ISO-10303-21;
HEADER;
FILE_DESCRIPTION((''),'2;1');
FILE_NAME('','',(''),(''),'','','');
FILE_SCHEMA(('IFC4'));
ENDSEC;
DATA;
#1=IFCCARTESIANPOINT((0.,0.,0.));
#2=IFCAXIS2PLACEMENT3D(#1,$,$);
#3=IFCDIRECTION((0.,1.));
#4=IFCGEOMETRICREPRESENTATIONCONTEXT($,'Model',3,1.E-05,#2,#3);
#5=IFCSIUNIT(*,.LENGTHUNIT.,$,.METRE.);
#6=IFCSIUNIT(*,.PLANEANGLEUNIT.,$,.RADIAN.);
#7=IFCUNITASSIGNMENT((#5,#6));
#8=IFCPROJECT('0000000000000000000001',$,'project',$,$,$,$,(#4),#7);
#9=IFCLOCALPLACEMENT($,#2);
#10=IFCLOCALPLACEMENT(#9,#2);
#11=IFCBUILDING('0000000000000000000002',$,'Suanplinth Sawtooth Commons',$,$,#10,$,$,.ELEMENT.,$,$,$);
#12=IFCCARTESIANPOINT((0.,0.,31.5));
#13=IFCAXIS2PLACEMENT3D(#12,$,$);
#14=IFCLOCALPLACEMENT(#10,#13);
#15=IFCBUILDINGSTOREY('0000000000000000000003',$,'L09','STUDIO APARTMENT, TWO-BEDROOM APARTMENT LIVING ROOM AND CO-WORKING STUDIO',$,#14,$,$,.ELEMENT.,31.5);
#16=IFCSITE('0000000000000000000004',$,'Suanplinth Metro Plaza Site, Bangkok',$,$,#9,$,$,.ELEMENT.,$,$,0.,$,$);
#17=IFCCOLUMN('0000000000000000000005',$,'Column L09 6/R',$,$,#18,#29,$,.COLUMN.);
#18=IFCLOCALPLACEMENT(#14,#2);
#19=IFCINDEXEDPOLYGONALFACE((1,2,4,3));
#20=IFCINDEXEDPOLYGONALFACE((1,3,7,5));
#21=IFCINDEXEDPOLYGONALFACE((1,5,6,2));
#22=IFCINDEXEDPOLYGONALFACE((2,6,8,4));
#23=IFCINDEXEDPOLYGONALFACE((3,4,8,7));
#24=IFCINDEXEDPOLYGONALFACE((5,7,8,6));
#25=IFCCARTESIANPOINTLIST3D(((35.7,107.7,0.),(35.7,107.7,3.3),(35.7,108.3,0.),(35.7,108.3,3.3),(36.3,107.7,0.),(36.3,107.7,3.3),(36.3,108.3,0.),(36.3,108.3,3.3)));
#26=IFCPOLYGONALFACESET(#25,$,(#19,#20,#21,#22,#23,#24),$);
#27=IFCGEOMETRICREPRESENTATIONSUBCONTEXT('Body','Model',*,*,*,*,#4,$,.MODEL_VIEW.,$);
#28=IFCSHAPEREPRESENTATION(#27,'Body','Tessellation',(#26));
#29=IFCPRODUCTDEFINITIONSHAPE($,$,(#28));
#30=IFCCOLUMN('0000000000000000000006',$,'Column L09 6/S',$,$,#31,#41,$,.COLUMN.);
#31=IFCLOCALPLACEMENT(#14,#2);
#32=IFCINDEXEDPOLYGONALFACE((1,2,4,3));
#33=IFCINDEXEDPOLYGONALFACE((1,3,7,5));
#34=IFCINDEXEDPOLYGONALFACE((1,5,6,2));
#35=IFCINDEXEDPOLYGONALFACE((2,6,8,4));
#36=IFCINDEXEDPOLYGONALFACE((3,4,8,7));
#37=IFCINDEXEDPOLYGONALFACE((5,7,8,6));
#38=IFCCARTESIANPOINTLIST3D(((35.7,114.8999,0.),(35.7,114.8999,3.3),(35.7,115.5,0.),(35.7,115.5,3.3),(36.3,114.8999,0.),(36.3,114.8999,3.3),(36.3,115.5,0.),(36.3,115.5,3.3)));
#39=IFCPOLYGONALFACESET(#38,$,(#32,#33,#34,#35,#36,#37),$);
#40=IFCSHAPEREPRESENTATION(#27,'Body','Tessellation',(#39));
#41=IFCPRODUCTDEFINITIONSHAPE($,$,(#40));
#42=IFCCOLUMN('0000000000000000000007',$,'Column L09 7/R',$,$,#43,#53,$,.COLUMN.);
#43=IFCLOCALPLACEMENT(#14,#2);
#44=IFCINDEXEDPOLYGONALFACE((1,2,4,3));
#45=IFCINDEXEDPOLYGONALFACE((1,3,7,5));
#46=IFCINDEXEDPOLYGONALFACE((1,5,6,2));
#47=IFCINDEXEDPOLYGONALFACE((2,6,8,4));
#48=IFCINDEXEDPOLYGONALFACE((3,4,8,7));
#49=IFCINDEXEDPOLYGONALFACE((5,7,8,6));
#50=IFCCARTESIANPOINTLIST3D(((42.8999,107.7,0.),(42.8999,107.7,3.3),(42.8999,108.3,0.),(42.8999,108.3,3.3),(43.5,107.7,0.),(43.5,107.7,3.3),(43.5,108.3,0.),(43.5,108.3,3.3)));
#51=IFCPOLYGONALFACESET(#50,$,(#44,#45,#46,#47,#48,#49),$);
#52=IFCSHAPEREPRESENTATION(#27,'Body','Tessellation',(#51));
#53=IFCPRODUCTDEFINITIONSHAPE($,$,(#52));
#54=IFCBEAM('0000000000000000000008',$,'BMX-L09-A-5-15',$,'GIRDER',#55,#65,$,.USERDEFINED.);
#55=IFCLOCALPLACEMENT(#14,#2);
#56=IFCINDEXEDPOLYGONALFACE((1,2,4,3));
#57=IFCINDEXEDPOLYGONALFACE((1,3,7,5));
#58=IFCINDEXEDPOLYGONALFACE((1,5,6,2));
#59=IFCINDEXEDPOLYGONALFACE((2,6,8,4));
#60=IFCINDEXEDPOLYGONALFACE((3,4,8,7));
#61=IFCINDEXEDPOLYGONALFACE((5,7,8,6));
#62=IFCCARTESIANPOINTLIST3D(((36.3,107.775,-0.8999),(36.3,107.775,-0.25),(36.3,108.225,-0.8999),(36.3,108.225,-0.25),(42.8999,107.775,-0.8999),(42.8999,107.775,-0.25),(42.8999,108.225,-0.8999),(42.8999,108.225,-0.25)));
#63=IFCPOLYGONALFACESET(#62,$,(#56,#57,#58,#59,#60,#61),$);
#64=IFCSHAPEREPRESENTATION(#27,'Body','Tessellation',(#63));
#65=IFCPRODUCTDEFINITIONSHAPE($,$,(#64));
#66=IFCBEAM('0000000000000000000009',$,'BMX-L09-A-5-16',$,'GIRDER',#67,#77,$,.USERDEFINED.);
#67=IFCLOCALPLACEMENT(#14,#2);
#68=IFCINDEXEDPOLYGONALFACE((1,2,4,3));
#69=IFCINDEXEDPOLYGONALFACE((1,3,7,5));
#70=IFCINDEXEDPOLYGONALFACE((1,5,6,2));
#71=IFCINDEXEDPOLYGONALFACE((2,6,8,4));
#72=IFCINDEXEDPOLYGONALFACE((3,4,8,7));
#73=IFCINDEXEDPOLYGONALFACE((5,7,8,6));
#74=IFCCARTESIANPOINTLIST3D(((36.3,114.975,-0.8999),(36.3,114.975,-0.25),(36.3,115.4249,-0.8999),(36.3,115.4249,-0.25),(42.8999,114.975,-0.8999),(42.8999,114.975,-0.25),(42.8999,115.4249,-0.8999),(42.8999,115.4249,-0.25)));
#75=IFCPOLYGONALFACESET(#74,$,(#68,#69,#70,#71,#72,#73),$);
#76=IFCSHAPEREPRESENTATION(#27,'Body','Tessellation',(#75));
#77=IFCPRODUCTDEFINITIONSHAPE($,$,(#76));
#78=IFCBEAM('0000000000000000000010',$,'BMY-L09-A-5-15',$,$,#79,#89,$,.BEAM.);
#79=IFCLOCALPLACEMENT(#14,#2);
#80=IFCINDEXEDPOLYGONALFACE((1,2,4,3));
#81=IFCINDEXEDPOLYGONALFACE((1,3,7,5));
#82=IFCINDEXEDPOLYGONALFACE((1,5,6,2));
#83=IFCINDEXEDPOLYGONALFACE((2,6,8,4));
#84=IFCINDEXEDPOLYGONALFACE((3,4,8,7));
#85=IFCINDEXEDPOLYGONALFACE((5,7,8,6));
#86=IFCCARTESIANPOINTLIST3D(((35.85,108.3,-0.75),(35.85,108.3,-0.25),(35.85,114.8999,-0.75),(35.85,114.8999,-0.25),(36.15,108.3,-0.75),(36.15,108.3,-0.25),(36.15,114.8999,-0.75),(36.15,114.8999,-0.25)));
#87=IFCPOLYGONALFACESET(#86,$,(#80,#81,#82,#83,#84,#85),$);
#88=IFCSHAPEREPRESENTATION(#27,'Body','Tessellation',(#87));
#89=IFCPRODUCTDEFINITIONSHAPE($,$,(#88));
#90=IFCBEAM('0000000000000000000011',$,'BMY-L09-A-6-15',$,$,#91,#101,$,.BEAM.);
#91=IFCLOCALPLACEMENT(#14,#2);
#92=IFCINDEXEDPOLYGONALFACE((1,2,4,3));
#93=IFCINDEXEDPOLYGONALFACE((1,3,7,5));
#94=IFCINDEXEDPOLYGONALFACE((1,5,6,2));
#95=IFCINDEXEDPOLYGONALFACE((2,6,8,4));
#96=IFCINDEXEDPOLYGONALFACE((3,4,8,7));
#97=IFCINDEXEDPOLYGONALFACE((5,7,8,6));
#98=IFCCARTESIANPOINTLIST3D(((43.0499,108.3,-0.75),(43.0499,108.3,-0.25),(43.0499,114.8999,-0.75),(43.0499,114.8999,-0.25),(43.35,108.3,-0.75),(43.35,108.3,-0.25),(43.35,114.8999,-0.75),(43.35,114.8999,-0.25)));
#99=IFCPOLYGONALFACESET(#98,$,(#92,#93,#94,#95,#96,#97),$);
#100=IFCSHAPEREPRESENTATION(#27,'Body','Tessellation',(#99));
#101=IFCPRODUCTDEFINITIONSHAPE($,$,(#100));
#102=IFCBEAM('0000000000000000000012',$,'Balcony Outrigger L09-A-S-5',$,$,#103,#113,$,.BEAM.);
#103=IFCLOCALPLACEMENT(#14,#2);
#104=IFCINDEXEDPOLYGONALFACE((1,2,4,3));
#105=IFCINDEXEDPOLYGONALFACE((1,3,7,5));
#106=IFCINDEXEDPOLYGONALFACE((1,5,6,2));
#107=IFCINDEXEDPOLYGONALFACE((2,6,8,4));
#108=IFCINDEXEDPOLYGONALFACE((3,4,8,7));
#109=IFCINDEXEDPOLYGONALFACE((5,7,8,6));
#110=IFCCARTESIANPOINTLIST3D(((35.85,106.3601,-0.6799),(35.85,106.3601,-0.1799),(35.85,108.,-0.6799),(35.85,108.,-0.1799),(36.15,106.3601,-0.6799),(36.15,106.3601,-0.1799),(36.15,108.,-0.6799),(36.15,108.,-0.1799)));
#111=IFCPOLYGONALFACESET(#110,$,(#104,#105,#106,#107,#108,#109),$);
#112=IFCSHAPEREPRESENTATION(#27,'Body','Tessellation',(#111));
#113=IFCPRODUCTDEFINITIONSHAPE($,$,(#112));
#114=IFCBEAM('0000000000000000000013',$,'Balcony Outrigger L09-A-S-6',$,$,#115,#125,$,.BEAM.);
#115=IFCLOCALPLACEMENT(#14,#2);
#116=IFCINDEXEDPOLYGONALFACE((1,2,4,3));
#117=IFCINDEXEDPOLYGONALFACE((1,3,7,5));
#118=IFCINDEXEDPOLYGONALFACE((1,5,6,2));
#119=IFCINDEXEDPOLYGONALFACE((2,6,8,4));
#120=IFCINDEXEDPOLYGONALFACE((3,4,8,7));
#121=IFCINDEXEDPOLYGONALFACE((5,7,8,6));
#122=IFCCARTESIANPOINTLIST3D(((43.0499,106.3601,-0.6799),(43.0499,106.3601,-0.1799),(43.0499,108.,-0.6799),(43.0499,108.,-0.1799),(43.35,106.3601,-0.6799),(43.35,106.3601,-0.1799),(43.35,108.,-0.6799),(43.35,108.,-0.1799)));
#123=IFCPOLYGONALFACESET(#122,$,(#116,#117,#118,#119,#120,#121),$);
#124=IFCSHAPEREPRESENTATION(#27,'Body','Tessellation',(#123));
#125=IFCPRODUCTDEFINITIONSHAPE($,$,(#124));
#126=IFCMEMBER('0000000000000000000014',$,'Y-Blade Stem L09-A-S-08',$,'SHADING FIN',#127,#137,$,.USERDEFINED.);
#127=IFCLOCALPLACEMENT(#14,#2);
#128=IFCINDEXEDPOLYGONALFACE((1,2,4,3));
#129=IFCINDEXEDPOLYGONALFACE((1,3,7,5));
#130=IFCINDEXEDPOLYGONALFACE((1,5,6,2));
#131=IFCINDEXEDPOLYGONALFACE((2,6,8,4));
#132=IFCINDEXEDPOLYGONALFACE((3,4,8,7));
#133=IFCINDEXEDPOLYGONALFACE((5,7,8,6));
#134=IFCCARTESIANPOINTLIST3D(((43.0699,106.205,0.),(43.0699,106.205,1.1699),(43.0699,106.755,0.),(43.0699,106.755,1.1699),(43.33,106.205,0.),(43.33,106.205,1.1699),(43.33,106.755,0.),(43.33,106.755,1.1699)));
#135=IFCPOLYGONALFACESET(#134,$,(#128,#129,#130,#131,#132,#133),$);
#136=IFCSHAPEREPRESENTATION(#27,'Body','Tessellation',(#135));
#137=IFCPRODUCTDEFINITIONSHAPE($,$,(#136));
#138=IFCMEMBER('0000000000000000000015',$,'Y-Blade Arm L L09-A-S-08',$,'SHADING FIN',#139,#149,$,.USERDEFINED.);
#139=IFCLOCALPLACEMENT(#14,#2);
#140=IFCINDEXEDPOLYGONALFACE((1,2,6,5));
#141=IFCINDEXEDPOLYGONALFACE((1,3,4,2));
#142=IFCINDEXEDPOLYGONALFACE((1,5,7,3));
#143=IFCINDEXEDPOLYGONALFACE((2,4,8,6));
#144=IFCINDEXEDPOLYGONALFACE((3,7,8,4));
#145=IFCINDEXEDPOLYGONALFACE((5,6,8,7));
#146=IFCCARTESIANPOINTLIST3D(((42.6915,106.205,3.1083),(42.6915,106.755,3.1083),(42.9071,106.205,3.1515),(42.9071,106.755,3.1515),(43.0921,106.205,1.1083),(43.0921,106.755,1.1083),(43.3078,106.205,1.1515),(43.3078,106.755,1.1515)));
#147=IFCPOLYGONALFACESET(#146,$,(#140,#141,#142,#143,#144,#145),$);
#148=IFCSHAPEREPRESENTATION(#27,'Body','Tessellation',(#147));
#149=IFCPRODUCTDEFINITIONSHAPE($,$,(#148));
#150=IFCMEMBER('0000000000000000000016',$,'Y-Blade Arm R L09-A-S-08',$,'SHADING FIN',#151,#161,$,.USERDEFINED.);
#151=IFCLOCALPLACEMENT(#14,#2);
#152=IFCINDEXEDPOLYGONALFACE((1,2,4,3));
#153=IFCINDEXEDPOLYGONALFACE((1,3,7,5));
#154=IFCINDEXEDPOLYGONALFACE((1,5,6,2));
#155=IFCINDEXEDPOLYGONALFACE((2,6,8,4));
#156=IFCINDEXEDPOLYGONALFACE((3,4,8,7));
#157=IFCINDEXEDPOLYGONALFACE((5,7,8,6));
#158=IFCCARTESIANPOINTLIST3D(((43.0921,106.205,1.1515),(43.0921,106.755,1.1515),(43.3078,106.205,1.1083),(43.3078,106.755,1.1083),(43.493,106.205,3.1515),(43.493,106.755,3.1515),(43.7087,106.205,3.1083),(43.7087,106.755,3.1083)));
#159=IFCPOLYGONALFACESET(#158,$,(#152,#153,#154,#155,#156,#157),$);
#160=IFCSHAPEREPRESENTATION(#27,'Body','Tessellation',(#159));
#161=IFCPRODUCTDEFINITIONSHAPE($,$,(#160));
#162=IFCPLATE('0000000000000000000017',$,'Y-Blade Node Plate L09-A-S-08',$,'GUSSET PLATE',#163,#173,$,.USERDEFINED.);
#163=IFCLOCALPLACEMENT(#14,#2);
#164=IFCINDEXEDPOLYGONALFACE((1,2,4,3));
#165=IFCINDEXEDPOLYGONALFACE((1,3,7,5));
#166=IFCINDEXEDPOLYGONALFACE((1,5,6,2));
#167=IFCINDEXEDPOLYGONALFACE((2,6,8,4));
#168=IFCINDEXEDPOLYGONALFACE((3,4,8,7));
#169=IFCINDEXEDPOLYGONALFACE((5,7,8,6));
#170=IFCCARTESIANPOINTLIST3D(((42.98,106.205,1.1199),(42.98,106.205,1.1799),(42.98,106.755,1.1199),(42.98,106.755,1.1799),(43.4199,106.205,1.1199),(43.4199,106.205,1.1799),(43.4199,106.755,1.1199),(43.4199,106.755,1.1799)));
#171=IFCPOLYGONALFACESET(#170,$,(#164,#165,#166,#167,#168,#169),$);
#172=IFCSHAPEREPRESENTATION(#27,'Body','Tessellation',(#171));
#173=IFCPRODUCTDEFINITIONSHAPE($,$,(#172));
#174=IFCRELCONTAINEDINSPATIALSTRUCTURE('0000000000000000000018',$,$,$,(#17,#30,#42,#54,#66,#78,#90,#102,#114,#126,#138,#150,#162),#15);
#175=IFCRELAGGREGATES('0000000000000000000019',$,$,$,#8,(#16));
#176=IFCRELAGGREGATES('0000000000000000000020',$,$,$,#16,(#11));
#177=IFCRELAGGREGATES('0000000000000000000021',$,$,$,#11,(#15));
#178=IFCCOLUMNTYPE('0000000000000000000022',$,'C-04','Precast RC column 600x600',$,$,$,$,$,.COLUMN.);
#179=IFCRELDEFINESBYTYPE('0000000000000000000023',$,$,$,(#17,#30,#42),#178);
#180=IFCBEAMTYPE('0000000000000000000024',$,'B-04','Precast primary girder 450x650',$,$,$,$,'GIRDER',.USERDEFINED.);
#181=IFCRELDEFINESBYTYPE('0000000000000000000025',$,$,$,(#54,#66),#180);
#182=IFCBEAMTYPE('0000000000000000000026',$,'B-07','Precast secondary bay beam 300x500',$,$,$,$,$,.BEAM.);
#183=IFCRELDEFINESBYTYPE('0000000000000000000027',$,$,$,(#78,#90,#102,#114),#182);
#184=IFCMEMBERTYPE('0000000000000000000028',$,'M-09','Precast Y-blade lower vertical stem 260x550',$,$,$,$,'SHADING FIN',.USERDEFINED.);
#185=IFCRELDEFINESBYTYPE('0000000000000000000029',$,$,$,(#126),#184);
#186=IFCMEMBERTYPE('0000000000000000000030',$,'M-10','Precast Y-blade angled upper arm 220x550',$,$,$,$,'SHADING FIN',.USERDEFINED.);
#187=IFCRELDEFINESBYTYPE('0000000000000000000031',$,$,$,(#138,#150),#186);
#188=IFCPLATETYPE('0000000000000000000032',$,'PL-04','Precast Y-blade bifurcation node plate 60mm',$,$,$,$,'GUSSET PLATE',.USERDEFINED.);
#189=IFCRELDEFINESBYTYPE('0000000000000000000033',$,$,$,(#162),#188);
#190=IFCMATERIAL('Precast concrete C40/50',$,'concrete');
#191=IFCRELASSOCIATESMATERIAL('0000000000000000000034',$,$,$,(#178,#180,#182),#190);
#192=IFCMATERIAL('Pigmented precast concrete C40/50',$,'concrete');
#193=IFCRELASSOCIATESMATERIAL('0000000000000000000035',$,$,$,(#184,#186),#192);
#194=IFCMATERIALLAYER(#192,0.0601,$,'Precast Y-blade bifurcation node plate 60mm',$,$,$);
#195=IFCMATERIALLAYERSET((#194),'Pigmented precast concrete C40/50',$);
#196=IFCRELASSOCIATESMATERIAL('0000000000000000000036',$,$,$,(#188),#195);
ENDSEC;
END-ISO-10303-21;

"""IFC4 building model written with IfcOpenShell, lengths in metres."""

from ifc_helpers import new_model, si_unit, direction, frame, origin, origin_2d, place, context, subcontext, project, spatial, rectangle, extrude, material, layer, layer_set, material_profile, profile_set, type_object, element, save


model = new_model("IFC4")

# Units and contexts
model_context = context("Model", 3, precision=1e-05, world=origin(), true_north=direction((0.0, 1.0)))
body_context = subcontext(model_context, "Body", "Model", "MODEL_VIEW")
ifc_project = project(units=[si_unit("LENGTHUNIT", "METRE"), si_unit("PLANEANGLEUNIT", "RADIAN")], contexts=[model_context])

# Site, building, storey
site_placement = place(None, origin())
site = spatial("IfcSite", under=ifc_project, at=site_placement, Name="Suanplinth Metro Plaza Site, Bangkok", CompositionType="ELEMENT", RefElevation=0.0)
building_placement = place(site_placement, origin())
building = spatial("IfcBuilding", under=site, at=building_placement, Name="Suanplinth Sawtooth Commons", CompositionType="ELEMENT")
storey_placement = place(building_placement, frame((0.0, 0.0, 31.5)))
storey = spatial("IfcBuildingStorey", under=building, at=storey_placement, Name="L09", Description="STUDIO APARTMENT, TWO-BEDROOM APARTMENT LIVING ROOM AND CO-WORKING STUDIO", CompositionType="ELEMENT", Elevation=31.5)

# Columns
ifc_material_1 = material(Name="Precast concrete C40/50", Category="concrete")
ifc_material_profile_1 = material_profile(ifc_material_1, rectangle(XDim=0.6001, YDim=0.6001, at=origin_2d()), Name="PC-COL 600x600")
ifc_profile_set_1 = profile_set([ifc_material_profile_1], Name="Precast concrete C40/50")
column_type = type_object("IfcColumnType", Name="C-04", Description="Precast RC column 600x600", PredefinedType="COLUMN", material=ifc_profile_set_1)
for number, where, z_axis, x_axis, name in (
    (1, (36.0, 108.0, 0.0), (0.0, 0.0, 1.0), (1.0, 0.0, 0.0), "Column L09 6/R"),
    (2, (36.0, 115.2, 0.0), (0.0, 0.0, 1.0), (1.0, 0.0, 0.0), "Column L09 6/S"),
    (3, (43.2, 108.0, 0.0), (0.0, 0.0, 1.0), (1.0, 0.0, 0.0), "Column L09 7/R"),
):
    element("IfcColumn", number, at=place(storey_placement, frame(where, z_axis=z_axis, x_axis=x_axis)), inside=storey, type_object=column_type, Name=name, PredefinedType="COLUMN", context=body_context, shape_type="SweptSolid", body=[
        extrude(rectangle(XDim=0.6001, YDim=0.6001, at=origin_2d()), origin(), (0.0, 0.0, 1.0), 3.3),
    ])

# Beams
ifc_material_profile_2 = material_profile(ifc_material_1, rectangle(XDim=0.45, YDim=0.6499, at=origin_2d()), Name="PC-GDR 450x650")
ifc_profile_set_2 = profile_set([ifc_material_profile_2], Name="Precast concrete C40/50")
beam_type_1 = type_object("IfcBeamType", Name="B-04", Description="Precast primary girder 450x650", ElementType="GIRDER", PredefinedType="USERDEFINED", material=ifc_profile_set_2)
for number, where, z_axis, x_axis, name in (
    (4, (36.3, 108.0, -0.575), (1.0, 0.0, 0.0), (0.0, 1.0, 0.0), "BMX-L09-A-5-15"),
    (5, (36.3, 115.2, -0.575), (1.0, 0.0, 0.0), (0.0, 1.0, 0.0), "BMX-L09-A-5-16"),
):
    element("IfcBeam", number, at=place(storey_placement, frame(where, z_axis=z_axis, x_axis=x_axis)), inside=storey, type_object=beam_type_1, Name=name, ObjectType="GIRDER", PredefinedType="USERDEFINED", context=body_context, shape_type="SweptSolid", body=[
        extrude(rectangle(XDim=0.45, YDim=0.6499, at=origin_2d()), origin(), (0.0, 0.0, 1.0), 6.5999),
    ])
ifc_material_profile_3 = material_profile(ifc_material_1, rectangle(XDim=0.3, YDim=0.5, at=origin_2d()), Name="PC-BM 300x500")
ifc_profile_set_3 = profile_set([ifc_material_profile_3], Name="Precast concrete C40/50")
beam_type_2 = type_object("IfcBeamType", Name="B-07", Description="Precast secondary bay beam 300x500", PredefinedType="BEAM", material=ifc_profile_set_3)
for number, where, z_axis, x_axis, name in (
    (6, (36.0, 108.3, -0.5), (0.0, 1.0, 0.0), (-1.0, 0.0, 0.0), "BMY-L09-A-5-15"),
    (7, (43.2, 108.3, -0.5), (0.0, 1.0, 0.0), (-1.0, 0.0, 0.0), "BMY-L09-A-6-15"),
):
    element("IfcBeam", number, at=place(storey_placement, frame(where, z_axis=z_axis, x_axis=x_axis)), inside=storey, type_object=beam_type_2, Name=name, PredefinedType="BEAM", context=body_context, shape_type="SweptSolid", body=[
        extrude(rectangle(XDim=0.3, YDim=0.5, at=origin_2d()), origin(), (0.0, 0.0, 1.0), 6.5999),
    ])
for number, where, z_axis, x_axis, name in (
    (8, (36.0, 108.0, -0.4299), (0.0, -1.0, 0.0), (1.0, 0.0, 0.0), "Balcony Outrigger L09-A-S-5"),
    (9, (43.2, 108.0, -0.4299), (0.0, -1.0, 0.0), (1.0, 0.0, 0.0), "Balcony Outrigger L09-A-S-6"),
):
    element("IfcBeam", number, at=place(storey_placement, frame(where, z_axis=z_axis, x_axis=x_axis)), inside=storey, type_object=beam_type_2, Name=name, PredefinedType="BEAM", context=body_context, shape_type="SweptSolid", body=[
        extrude(rectangle(XDim=0.3, YDim=0.5, at=origin_2d()), origin(), (0.0, 0.0, 1.0), 1.6399),
    ])

# Members
ifc_material_2 = material(Name="Pigmented precast concrete C40/50", Category="concrete")
ifc_material_profile_4 = material_profile(ifc_material_2, rectangle(XDim=0.26, YDim=0.55, at=origin_2d()), Name="PC-FIN 260x550")
ifc_profile_set_4 = profile_set([ifc_material_profile_4], Name="Pigmented precast concrete C40/50")
member_type_1 = type_object("IfcMemberType", Name="M-09", Description="Precast Y-blade lower vertical stem 260x550", ElementType="SHADING FIN", PredefinedType="USERDEFINED", material=ifc_profile_set_4)
member_placement = place(storey_placement, frame((43.2, 106.48, 0.0), z_axis=(0.0, 0.0, 1.0), x_axis=(1.0, 0.0, 0.0)))
element("IfcMember", 10, at=member_placement, inside=storey, type_object=member_type_1, Name="Y-Blade Stem L09-A-S-08", ObjectType="SHADING FIN", PredefinedType="USERDEFINED", context=body_context, shape_type="SweptSolid", body=[
    extrude(rectangle(XDim=0.26, YDim=0.55, at=origin_2d()), origin(), (0.0, 0.0, 1.0), 1.1699),
])
ifc_material_profile_5 = material_profile(ifc_material_2, rectangle(XDim=0.22, YDim=0.55, at=origin_2d()), Name="PC-FIN 220x550")
ifc_profile_set_5 = profile_set([ifc_material_profile_5], Name="Pigmented precast concrete C40/50")
member_type_2 = type_object("IfcMemberType", Name="M-10", Description="Precast Y-blade angled upper arm 220x550", ElementType="SHADING FIN", PredefinedType="USERDEFINED", material=ifc_profile_set_5)
for number, where, z_axis, x_axis, name in (
    (11, (43.2, 106.48, 1.1299), (-0.196415, 0.0, 0.980521), (0.980521, 0.0, 0.196415), "Y-Blade Arm L L09-A-S-08"),
    (12, (43.2, 106.48, 1.1299), (0.19653, 0.0, 0.980498), (-0.980498, 0.0, 0.19653), "Y-Blade Arm R L09-A-S-08"),
):
    element("IfcMember", number, at=place(storey_placement, frame(where, z_axis=z_axis, x_axis=x_axis)), inside=storey, type_object=member_type_2, Name=name, ObjectType="SHADING FIN", PredefinedType="USERDEFINED", context=body_context, shape_type="SweptSolid", body=[
        extrude(rectangle(XDim=0.22, YDim=0.55, at=origin_2d()), origin(), (0.0, 0.0, 1.0), 2.0398),
    ])

# Plate
ifc_layer_1 = layer(ifc_material_2, 0.0601, Name="Precast Y-blade bifurcation node plate 60mm")
ifc_layer_set_1 = layer_set([ifc_layer_1], Name="Pigmented precast concrete C40/50")
plate_type = type_object("IfcPlateType", Name="PL-04", Description="Precast Y-blade bifurcation node plate 60mm", ElementType="GUSSET PLATE", PredefinedType="USERDEFINED", material=ifc_layer_set_1)
plate_placement = place(storey_placement, frame((43.2, 106.48, 1.1199), z_axis=(0.0, 0.0, 1.0), x_axis=(1.0, 0.0, 0.0)))
element("IfcPlate", 13, at=plate_placement, inside=storey, type_object=plate_type, Name="Y-Blade Node Plate L09-A-S-08", ObjectType="GUSSET PLATE", PredefinedType="USERDEFINED", context=body_context, shape_type="SweptSolid", body=[
    extrude(rectangle(XDim=0.4399, YDim=0.55, at=origin_2d()), origin(), (0.0, 0.0, 1.0), 0.0601),
])

save(model, "model.ifc")
